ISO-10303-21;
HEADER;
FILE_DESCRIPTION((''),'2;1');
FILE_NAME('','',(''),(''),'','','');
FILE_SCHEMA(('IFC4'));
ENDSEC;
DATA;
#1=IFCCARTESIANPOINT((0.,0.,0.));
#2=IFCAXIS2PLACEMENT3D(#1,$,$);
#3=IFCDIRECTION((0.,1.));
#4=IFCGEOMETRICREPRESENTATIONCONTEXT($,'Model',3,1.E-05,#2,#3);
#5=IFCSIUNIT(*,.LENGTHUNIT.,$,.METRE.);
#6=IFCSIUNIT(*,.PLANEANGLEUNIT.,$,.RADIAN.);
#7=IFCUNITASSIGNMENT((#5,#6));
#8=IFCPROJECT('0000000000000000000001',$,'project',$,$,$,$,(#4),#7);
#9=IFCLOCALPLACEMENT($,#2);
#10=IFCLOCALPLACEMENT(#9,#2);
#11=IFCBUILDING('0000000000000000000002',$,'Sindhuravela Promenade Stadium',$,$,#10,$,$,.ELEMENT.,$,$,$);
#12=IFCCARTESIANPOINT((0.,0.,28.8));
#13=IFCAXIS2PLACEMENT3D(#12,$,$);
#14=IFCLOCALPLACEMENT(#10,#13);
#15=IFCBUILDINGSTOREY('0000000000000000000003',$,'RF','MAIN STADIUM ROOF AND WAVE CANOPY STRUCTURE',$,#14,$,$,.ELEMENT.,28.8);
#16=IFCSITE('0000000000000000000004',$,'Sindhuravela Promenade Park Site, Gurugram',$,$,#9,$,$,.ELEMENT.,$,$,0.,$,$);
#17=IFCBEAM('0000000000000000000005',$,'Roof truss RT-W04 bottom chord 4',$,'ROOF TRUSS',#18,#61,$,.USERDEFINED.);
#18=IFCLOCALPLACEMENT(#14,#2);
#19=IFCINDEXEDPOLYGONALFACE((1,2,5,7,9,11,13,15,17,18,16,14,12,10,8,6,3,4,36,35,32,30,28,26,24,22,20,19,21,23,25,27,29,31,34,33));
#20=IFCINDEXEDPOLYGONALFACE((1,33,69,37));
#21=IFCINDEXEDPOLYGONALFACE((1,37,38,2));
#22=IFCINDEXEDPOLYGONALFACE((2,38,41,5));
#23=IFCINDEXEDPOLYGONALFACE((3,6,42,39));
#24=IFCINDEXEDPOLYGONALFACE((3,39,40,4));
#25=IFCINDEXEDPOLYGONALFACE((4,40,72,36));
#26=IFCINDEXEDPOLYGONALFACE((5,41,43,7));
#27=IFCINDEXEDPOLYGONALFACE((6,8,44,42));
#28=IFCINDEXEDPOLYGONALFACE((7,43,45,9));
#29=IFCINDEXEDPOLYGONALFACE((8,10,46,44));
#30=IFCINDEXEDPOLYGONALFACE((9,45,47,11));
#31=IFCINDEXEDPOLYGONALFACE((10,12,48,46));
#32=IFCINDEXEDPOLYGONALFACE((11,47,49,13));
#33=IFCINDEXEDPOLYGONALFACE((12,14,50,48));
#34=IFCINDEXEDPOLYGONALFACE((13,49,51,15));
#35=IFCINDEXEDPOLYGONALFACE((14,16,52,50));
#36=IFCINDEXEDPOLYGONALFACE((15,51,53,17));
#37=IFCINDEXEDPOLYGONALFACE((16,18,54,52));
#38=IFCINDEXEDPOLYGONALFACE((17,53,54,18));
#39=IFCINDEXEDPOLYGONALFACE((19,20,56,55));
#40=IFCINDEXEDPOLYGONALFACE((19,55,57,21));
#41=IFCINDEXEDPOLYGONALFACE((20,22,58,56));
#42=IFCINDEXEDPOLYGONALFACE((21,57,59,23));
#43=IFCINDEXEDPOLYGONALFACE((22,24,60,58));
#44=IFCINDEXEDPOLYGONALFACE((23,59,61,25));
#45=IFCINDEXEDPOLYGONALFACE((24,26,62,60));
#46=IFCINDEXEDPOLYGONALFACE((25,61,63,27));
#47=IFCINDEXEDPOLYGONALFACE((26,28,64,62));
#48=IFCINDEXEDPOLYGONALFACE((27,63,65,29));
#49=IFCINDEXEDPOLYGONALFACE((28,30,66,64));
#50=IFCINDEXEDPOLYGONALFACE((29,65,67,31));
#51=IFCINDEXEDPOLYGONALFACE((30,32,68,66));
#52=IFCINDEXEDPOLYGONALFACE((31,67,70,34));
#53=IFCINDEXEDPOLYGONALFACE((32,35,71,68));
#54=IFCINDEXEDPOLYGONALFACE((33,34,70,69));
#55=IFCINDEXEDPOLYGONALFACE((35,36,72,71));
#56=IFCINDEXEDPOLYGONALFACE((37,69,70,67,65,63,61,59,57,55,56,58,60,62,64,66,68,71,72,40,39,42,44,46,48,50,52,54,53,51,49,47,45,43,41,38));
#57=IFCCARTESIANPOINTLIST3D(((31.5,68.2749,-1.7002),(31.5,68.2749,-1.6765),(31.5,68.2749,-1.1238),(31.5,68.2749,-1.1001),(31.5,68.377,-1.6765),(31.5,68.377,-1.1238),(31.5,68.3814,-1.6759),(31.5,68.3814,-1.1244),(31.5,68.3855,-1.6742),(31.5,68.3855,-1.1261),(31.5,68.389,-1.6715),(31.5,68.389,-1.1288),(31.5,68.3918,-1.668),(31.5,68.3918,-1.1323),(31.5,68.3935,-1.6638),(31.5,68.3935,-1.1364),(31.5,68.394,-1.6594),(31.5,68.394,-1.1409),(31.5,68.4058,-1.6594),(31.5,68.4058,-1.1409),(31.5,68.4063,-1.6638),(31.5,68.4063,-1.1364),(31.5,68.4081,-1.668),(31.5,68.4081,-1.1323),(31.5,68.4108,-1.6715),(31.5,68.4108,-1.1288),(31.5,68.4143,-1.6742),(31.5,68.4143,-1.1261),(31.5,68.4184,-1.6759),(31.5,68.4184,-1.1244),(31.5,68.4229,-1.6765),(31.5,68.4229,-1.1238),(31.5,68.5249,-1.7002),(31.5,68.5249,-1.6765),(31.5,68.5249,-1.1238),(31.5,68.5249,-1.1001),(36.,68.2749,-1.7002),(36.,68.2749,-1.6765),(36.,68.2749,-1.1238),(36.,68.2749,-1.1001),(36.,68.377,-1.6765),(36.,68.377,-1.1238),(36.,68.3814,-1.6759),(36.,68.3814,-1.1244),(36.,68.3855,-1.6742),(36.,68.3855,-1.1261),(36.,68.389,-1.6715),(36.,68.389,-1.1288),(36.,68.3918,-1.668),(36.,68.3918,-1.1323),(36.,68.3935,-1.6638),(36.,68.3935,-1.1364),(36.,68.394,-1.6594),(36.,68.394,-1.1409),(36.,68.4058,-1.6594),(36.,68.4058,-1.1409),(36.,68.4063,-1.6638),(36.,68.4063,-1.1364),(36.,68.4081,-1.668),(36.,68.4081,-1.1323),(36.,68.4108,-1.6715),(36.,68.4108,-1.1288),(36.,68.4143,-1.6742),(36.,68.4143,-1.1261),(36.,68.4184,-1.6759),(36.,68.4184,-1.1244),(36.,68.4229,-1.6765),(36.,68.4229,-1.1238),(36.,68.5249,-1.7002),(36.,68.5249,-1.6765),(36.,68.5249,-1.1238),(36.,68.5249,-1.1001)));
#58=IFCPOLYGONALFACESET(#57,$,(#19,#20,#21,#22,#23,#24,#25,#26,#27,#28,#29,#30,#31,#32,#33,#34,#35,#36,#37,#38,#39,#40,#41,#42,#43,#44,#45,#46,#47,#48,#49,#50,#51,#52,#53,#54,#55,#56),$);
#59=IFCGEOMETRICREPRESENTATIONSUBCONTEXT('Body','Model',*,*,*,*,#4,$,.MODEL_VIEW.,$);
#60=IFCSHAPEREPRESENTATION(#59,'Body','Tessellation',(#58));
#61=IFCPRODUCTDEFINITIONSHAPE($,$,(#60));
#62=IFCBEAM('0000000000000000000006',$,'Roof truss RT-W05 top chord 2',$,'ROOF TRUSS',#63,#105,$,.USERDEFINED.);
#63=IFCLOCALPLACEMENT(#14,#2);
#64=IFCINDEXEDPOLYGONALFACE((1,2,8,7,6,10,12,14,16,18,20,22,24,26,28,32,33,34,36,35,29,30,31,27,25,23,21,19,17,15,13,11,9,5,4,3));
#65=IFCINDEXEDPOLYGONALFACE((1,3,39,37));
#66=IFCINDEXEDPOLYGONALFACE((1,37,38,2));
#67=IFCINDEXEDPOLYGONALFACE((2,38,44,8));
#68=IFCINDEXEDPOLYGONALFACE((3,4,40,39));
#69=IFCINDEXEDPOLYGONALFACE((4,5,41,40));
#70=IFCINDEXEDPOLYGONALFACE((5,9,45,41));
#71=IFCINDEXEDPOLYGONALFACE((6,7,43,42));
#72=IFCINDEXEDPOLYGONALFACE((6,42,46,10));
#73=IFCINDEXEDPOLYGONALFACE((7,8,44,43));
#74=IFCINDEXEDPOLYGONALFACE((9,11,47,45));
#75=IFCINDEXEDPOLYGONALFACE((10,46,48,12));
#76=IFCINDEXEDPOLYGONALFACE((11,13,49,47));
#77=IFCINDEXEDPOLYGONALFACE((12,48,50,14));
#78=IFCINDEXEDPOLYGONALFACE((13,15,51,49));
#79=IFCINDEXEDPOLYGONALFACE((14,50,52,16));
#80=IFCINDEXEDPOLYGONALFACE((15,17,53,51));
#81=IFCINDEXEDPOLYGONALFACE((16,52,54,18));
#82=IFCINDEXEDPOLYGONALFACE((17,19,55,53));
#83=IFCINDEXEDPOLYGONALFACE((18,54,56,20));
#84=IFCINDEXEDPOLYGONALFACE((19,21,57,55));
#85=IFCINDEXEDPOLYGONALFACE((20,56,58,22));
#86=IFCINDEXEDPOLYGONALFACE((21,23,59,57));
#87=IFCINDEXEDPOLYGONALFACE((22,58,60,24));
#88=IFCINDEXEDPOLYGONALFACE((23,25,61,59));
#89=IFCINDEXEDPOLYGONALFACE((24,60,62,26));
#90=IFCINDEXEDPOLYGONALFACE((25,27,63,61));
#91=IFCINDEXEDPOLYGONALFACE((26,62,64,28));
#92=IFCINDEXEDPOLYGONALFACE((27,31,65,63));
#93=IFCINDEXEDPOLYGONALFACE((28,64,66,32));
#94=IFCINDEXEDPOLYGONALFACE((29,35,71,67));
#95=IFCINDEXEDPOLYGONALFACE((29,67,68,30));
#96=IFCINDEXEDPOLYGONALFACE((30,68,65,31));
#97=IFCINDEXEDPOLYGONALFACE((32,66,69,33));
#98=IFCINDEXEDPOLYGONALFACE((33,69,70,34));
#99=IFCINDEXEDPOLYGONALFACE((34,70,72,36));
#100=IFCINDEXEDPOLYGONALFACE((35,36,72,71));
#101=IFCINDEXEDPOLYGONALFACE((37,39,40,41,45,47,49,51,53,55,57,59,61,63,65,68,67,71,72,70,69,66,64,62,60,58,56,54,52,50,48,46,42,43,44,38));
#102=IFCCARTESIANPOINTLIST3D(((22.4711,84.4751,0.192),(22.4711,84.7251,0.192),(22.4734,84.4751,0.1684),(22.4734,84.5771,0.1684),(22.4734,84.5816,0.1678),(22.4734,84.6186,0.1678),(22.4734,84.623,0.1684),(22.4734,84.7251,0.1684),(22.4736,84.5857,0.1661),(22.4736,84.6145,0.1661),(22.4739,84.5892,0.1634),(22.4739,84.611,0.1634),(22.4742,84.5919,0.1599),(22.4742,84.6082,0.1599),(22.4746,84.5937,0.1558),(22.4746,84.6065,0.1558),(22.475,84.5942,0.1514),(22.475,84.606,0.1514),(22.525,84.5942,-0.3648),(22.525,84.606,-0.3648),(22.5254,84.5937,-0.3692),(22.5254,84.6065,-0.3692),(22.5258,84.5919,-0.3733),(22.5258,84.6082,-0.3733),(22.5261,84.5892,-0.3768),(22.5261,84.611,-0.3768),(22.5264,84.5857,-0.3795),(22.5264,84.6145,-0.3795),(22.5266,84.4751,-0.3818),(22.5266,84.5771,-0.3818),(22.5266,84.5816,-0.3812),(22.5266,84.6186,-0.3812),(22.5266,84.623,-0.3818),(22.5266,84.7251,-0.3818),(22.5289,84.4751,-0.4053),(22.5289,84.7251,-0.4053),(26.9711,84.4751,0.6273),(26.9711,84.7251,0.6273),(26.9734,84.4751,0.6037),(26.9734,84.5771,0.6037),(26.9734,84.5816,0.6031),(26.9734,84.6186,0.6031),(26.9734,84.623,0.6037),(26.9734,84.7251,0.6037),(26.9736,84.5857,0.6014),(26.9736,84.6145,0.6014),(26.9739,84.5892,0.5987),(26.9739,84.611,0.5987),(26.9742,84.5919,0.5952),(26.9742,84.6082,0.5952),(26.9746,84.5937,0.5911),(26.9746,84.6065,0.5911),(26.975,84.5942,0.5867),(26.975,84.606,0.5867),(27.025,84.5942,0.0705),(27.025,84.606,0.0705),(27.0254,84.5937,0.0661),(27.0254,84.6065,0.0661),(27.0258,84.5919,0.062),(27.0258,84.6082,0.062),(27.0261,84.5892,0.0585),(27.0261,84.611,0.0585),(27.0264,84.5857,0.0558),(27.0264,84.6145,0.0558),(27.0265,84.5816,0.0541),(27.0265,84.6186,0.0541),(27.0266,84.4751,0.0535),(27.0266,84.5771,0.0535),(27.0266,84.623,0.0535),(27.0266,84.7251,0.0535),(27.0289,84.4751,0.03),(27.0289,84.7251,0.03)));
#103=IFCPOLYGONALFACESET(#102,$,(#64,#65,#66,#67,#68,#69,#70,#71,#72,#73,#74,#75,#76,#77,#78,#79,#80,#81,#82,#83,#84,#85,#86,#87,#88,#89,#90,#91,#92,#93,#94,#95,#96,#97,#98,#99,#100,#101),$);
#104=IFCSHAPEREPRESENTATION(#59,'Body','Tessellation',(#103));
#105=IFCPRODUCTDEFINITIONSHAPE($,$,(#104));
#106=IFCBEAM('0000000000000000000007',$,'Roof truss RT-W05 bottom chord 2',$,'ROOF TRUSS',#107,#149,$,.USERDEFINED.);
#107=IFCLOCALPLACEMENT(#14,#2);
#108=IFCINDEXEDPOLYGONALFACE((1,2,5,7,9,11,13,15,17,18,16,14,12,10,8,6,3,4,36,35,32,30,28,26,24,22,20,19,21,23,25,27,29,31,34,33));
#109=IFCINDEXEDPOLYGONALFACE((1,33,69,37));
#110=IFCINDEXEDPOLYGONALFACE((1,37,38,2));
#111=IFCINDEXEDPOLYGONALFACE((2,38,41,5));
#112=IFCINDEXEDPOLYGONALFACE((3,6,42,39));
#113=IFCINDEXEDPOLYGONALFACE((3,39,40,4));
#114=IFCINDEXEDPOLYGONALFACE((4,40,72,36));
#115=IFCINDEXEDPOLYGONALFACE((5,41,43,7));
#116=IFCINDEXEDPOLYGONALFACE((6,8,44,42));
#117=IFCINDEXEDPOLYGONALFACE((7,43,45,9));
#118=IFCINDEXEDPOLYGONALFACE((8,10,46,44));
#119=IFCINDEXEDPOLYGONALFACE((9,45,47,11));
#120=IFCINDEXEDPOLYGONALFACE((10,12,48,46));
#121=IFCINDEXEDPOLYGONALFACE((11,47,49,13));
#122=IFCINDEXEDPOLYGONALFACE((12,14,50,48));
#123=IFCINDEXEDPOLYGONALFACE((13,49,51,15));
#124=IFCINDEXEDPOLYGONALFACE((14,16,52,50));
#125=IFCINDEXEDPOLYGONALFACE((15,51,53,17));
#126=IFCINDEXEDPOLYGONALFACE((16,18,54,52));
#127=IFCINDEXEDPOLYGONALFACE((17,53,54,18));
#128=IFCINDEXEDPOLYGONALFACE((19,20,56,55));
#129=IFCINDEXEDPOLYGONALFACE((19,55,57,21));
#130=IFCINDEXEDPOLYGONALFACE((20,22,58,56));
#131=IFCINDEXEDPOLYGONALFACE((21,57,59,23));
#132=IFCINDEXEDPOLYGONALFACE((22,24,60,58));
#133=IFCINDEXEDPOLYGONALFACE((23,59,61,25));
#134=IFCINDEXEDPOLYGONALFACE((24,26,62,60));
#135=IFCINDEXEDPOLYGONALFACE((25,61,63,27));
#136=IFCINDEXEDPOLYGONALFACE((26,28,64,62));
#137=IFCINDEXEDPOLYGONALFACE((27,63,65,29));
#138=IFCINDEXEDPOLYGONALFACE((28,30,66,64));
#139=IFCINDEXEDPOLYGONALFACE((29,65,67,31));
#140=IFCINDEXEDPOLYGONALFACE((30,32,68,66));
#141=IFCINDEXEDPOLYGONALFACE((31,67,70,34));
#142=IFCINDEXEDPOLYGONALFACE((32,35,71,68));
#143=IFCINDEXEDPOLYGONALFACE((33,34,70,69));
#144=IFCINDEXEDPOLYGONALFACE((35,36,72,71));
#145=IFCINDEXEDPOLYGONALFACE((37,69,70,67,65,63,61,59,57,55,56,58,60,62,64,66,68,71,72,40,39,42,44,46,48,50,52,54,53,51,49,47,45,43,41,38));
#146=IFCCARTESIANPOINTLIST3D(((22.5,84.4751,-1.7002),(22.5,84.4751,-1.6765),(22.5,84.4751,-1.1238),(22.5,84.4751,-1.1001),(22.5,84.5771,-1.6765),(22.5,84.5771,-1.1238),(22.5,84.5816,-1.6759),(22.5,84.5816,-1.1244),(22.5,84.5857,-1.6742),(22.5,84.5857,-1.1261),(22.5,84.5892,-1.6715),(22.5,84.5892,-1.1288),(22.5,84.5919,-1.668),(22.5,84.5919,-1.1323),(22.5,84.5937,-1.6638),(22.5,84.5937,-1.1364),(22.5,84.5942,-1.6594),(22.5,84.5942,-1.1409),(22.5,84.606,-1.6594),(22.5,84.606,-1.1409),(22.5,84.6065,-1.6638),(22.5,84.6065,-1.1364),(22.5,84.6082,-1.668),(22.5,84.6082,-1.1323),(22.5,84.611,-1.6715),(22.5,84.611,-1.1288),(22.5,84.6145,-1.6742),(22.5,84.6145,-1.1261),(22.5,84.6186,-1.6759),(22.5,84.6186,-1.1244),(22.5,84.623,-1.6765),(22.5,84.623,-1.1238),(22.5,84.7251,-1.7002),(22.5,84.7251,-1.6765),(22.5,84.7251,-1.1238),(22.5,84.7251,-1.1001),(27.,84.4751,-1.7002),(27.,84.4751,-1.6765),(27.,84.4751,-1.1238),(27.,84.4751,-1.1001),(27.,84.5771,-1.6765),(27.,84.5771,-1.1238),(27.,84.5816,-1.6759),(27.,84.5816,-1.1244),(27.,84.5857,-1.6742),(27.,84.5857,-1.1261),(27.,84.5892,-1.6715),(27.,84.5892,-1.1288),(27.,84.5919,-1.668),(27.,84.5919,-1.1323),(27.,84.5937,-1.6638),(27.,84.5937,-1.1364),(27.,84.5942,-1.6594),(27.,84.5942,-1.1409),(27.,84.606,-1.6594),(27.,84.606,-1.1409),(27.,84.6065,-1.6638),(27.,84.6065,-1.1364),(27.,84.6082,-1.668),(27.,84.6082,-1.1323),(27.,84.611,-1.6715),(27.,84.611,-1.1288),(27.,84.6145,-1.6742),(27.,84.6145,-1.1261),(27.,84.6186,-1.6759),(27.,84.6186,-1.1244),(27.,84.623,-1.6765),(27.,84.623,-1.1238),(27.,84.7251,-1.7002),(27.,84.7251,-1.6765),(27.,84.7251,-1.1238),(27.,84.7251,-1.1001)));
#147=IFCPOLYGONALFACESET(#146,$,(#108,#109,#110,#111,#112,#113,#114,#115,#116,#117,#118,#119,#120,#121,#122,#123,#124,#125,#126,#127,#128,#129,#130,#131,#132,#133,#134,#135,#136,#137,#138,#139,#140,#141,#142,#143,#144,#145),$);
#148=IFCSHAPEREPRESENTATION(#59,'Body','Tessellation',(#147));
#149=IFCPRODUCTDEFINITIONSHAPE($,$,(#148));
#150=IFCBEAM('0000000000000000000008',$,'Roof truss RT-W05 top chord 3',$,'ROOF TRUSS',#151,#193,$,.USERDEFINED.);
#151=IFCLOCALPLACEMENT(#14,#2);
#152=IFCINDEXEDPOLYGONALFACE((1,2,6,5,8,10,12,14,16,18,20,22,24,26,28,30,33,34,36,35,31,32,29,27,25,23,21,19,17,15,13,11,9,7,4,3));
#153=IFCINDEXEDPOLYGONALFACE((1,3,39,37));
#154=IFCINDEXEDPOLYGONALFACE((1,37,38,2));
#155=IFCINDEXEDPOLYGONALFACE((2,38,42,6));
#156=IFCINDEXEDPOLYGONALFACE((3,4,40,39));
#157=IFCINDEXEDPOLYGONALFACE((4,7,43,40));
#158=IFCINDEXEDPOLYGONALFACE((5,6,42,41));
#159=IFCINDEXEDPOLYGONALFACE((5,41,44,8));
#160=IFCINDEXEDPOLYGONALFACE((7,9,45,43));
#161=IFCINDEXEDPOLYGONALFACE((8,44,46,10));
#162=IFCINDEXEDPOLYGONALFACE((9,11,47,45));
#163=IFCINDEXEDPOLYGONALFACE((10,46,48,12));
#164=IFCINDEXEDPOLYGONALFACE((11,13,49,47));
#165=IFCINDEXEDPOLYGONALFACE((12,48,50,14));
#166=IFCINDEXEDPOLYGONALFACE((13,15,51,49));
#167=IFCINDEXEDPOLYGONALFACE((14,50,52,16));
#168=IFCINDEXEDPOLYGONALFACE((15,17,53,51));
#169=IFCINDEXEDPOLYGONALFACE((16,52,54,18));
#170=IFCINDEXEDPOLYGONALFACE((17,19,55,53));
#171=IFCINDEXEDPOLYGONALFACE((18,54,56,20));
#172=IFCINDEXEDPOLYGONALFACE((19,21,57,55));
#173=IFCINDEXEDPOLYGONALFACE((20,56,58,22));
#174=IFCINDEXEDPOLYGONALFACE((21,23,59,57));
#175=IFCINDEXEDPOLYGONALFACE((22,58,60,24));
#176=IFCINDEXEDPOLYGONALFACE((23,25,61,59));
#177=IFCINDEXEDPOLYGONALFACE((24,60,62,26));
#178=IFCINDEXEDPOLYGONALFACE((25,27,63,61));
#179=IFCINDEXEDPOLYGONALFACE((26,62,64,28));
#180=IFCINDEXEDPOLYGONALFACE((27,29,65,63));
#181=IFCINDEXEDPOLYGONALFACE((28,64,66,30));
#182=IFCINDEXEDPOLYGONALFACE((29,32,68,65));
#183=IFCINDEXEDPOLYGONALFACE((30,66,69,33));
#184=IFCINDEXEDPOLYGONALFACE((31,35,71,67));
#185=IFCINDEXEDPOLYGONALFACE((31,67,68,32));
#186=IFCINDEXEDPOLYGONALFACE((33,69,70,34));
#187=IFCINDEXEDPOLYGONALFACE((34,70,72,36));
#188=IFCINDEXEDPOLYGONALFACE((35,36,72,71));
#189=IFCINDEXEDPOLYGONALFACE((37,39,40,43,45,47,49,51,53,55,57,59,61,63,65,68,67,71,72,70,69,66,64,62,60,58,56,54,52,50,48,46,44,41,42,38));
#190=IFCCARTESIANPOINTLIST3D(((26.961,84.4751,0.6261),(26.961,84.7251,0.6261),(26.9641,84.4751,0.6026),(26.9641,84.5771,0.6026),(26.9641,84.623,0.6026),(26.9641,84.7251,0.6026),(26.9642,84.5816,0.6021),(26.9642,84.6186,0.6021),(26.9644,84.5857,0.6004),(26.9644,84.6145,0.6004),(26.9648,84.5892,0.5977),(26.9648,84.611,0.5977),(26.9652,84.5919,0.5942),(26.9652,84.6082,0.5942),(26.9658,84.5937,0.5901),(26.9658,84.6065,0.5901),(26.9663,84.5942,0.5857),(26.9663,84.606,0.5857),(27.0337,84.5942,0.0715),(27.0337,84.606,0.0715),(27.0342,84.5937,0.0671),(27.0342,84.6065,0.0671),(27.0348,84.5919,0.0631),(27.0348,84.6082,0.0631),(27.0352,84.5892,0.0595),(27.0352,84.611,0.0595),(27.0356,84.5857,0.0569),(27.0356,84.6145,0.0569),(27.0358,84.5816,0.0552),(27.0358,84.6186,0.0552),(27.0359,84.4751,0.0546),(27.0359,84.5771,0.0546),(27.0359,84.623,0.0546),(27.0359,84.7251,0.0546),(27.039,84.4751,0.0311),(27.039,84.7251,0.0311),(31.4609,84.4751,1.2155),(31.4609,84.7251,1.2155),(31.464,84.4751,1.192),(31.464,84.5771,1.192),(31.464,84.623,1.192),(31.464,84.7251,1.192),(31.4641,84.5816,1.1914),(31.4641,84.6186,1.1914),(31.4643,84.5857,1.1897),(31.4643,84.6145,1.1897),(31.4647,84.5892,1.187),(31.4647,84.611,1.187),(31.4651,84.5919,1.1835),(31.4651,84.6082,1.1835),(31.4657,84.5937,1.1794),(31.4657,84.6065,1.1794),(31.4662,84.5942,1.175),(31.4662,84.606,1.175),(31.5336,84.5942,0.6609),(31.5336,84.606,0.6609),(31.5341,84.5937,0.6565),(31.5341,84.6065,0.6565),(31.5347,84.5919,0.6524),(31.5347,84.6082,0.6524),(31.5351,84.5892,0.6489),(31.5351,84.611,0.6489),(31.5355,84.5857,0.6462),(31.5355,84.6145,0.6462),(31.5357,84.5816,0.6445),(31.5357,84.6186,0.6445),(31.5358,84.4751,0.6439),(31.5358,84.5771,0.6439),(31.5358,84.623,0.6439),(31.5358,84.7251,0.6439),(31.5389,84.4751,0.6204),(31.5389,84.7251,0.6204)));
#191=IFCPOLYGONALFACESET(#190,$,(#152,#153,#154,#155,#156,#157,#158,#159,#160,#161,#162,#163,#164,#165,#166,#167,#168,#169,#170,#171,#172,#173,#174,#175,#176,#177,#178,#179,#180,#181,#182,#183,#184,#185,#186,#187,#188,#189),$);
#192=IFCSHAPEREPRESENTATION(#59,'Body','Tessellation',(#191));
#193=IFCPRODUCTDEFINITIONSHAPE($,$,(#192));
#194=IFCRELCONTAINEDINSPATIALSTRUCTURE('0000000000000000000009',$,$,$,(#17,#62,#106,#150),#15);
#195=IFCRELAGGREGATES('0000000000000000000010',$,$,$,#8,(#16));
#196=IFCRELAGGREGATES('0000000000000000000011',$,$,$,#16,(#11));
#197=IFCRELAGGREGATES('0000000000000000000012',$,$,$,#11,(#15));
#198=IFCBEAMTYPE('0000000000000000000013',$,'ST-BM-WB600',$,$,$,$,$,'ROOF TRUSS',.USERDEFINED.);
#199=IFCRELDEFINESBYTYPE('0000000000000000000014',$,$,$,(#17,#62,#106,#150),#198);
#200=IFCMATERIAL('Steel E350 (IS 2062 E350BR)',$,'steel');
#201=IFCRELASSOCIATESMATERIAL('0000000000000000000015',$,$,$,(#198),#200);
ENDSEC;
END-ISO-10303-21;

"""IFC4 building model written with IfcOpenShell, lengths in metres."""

from ifc_helpers import new_model, si_unit, direction, frame, origin, origin_2d, place, context, subcontext, project, spatial, i_section, extrude, material, material_profile, profile_set, type_object, element, save


model = new_model("IFC4")

# Units and contexts
model_context = context("Model", 3, precision=1e-05, world=origin(), true_north=direction((0.0, 1.0)))
body_context = subcontext(model_context, "Body", "Model", "MODEL_VIEW")
ifc_project = project(units=[si_unit("LENGTHUNIT", "METRE"), si_unit("PLANEANGLEUNIT", "RADIAN")], contexts=[model_context])

# Site, building, storey
site_placement = place(None, origin())
site = spatial("IfcSite", under=ifc_project, at=site_placement, Name="Sindhuravela Promenade Park Site, Gurugram", CompositionType="ELEMENT", RefElevation=0.0)
building_placement = place(site_placement, origin())
building = spatial("IfcBuilding", under=site, at=building_placement, Name="Sindhuravela Promenade Stadium", CompositionType="ELEMENT")
storey_placement = place(building_placement, frame((0.0, 0.0, 28.8)))
storey = spatial("IfcBuildingStorey", under=building, at=storey_placement, Name="RF", Description="MAIN STADIUM ROOF AND WAVE CANOPY STRUCTURE", CompositionType="ELEMENT", Elevation=28.8)

# Beams
ifc_material_1 = material(Name="Steel E350 (IS 2062 E350BR)", Category="steel")
ifc_material_profile_1 = material_profile(ifc_material_1, i_section(OverallWidth=0.25, OverallDepth=0.6001, WebThickness=0.0117, FlangeThickness=0.0237, FilletRadius=0.0171, at=origin_2d()), Name="ISWB 600")
ifc_profile_set_1 = profile_set([ifc_material_profile_1], Name="Steel E350 (IS 2062 E350BR)")
beam_type_1 = type_object("IfcBeamType", Name="ST-BM-WB600", ElementType="ROOF TRUSS", PredefinedType="USERDEFINED", material=ifc_profile_set_1)
beam_1_placement = place(storey_placement, frame((31.5, 68.3999, -1.4001), z_axis=(1.0, 0.0, 0.0), x_axis=(0.0, 1.0, 0.0)))
element("IfcBeam", 1, at=beam_1_placement, inside=storey, type_object=beam_type_1, Name="Roof truss RT-W04 bottom chord 4", ObjectType="ROOF TRUSS", PredefinedType="USERDEFINED", context=body_context, shape_type="SweptSolid", body=[
    extrude(i_section(OverallWidth=0.25, OverallDepth=0.6001, WebThickness=0.0117, FlangeThickness=0.0237, FilletRadius=0.0171, at=origin_2d()), origin(), (0.0, 0.0, 1.0), 4.5),
])
beam_2_placement = place(storey_placement, frame((22.5, 84.6001, -0.1067), z_axis=(0.995354, 0.0, 0.096285), x_axis=(0.0, 1.0, 0.0)))
element("IfcBeam", 2, at=beam_2_placement, inside=storey, type_object=beam_type_1, Name="Roof truss RT-W05 top chord 2", ObjectType="ROOF TRUSS", PredefinedType="USERDEFINED", context=body_context, shape_type="SweptSolid", body=[
    extrude(i_section(OverallWidth=0.25, OverallDepth=0.6001, WebThickness=0.0117, FlangeThickness=0.0237, FilletRadius=0.0171, at=origin_2d()), origin(), (0.0, 0.0, 1.0), 4.521),
])
beam_3_placement = place(storey_placement, frame((22.5, 84.6001, -1.4001), z_axis=(1.0, 0.0, 0.0), x_axis=(0.0, 1.0, 0.0)))
element("IfcBeam", 3, at=beam_3_placement, inside=storey, type_object=beam_type_1, Name="Roof truss RT-W05 bottom chord 2", ObjectType="ROOF TRUSS", PredefinedType="USERDEFINED", context=body_context, shape_type="SweptSolid", body=[
    extrude(i_section(OverallWidth=0.25, OverallDepth=0.6001, WebThickness=0.0117, FlangeThickness=0.0237, FilletRadius=0.0171, at=origin_2d()), origin(), (0.0, 0.0, 1.0), 4.5),
])
beam_4_placement = place(storey_placement, frame((27.0, 84.6001, 0.3286), z_axis=(0.991532, 0.0, 0.129859), x_axis=(0.0, 1.0, 0.0)))
element("IfcBeam", 4, at=beam_4_placement, inside=storey, type_object=beam_type_1, Name="Roof truss RT-W05 top chord 3", ObjectType="ROOF TRUSS", PredefinedType="USERDEFINED", context=body_context, shape_type="SweptSolid", body=[
    extrude(i_section(OverallWidth=0.25, OverallDepth=0.6001, WebThickness=0.0117, FlangeThickness=0.0237, FilletRadius=0.0171, at=origin_2d()), origin(), (0.0, 0.0, 1.0), 4.5383),
])

save(model, "model.ifc")
